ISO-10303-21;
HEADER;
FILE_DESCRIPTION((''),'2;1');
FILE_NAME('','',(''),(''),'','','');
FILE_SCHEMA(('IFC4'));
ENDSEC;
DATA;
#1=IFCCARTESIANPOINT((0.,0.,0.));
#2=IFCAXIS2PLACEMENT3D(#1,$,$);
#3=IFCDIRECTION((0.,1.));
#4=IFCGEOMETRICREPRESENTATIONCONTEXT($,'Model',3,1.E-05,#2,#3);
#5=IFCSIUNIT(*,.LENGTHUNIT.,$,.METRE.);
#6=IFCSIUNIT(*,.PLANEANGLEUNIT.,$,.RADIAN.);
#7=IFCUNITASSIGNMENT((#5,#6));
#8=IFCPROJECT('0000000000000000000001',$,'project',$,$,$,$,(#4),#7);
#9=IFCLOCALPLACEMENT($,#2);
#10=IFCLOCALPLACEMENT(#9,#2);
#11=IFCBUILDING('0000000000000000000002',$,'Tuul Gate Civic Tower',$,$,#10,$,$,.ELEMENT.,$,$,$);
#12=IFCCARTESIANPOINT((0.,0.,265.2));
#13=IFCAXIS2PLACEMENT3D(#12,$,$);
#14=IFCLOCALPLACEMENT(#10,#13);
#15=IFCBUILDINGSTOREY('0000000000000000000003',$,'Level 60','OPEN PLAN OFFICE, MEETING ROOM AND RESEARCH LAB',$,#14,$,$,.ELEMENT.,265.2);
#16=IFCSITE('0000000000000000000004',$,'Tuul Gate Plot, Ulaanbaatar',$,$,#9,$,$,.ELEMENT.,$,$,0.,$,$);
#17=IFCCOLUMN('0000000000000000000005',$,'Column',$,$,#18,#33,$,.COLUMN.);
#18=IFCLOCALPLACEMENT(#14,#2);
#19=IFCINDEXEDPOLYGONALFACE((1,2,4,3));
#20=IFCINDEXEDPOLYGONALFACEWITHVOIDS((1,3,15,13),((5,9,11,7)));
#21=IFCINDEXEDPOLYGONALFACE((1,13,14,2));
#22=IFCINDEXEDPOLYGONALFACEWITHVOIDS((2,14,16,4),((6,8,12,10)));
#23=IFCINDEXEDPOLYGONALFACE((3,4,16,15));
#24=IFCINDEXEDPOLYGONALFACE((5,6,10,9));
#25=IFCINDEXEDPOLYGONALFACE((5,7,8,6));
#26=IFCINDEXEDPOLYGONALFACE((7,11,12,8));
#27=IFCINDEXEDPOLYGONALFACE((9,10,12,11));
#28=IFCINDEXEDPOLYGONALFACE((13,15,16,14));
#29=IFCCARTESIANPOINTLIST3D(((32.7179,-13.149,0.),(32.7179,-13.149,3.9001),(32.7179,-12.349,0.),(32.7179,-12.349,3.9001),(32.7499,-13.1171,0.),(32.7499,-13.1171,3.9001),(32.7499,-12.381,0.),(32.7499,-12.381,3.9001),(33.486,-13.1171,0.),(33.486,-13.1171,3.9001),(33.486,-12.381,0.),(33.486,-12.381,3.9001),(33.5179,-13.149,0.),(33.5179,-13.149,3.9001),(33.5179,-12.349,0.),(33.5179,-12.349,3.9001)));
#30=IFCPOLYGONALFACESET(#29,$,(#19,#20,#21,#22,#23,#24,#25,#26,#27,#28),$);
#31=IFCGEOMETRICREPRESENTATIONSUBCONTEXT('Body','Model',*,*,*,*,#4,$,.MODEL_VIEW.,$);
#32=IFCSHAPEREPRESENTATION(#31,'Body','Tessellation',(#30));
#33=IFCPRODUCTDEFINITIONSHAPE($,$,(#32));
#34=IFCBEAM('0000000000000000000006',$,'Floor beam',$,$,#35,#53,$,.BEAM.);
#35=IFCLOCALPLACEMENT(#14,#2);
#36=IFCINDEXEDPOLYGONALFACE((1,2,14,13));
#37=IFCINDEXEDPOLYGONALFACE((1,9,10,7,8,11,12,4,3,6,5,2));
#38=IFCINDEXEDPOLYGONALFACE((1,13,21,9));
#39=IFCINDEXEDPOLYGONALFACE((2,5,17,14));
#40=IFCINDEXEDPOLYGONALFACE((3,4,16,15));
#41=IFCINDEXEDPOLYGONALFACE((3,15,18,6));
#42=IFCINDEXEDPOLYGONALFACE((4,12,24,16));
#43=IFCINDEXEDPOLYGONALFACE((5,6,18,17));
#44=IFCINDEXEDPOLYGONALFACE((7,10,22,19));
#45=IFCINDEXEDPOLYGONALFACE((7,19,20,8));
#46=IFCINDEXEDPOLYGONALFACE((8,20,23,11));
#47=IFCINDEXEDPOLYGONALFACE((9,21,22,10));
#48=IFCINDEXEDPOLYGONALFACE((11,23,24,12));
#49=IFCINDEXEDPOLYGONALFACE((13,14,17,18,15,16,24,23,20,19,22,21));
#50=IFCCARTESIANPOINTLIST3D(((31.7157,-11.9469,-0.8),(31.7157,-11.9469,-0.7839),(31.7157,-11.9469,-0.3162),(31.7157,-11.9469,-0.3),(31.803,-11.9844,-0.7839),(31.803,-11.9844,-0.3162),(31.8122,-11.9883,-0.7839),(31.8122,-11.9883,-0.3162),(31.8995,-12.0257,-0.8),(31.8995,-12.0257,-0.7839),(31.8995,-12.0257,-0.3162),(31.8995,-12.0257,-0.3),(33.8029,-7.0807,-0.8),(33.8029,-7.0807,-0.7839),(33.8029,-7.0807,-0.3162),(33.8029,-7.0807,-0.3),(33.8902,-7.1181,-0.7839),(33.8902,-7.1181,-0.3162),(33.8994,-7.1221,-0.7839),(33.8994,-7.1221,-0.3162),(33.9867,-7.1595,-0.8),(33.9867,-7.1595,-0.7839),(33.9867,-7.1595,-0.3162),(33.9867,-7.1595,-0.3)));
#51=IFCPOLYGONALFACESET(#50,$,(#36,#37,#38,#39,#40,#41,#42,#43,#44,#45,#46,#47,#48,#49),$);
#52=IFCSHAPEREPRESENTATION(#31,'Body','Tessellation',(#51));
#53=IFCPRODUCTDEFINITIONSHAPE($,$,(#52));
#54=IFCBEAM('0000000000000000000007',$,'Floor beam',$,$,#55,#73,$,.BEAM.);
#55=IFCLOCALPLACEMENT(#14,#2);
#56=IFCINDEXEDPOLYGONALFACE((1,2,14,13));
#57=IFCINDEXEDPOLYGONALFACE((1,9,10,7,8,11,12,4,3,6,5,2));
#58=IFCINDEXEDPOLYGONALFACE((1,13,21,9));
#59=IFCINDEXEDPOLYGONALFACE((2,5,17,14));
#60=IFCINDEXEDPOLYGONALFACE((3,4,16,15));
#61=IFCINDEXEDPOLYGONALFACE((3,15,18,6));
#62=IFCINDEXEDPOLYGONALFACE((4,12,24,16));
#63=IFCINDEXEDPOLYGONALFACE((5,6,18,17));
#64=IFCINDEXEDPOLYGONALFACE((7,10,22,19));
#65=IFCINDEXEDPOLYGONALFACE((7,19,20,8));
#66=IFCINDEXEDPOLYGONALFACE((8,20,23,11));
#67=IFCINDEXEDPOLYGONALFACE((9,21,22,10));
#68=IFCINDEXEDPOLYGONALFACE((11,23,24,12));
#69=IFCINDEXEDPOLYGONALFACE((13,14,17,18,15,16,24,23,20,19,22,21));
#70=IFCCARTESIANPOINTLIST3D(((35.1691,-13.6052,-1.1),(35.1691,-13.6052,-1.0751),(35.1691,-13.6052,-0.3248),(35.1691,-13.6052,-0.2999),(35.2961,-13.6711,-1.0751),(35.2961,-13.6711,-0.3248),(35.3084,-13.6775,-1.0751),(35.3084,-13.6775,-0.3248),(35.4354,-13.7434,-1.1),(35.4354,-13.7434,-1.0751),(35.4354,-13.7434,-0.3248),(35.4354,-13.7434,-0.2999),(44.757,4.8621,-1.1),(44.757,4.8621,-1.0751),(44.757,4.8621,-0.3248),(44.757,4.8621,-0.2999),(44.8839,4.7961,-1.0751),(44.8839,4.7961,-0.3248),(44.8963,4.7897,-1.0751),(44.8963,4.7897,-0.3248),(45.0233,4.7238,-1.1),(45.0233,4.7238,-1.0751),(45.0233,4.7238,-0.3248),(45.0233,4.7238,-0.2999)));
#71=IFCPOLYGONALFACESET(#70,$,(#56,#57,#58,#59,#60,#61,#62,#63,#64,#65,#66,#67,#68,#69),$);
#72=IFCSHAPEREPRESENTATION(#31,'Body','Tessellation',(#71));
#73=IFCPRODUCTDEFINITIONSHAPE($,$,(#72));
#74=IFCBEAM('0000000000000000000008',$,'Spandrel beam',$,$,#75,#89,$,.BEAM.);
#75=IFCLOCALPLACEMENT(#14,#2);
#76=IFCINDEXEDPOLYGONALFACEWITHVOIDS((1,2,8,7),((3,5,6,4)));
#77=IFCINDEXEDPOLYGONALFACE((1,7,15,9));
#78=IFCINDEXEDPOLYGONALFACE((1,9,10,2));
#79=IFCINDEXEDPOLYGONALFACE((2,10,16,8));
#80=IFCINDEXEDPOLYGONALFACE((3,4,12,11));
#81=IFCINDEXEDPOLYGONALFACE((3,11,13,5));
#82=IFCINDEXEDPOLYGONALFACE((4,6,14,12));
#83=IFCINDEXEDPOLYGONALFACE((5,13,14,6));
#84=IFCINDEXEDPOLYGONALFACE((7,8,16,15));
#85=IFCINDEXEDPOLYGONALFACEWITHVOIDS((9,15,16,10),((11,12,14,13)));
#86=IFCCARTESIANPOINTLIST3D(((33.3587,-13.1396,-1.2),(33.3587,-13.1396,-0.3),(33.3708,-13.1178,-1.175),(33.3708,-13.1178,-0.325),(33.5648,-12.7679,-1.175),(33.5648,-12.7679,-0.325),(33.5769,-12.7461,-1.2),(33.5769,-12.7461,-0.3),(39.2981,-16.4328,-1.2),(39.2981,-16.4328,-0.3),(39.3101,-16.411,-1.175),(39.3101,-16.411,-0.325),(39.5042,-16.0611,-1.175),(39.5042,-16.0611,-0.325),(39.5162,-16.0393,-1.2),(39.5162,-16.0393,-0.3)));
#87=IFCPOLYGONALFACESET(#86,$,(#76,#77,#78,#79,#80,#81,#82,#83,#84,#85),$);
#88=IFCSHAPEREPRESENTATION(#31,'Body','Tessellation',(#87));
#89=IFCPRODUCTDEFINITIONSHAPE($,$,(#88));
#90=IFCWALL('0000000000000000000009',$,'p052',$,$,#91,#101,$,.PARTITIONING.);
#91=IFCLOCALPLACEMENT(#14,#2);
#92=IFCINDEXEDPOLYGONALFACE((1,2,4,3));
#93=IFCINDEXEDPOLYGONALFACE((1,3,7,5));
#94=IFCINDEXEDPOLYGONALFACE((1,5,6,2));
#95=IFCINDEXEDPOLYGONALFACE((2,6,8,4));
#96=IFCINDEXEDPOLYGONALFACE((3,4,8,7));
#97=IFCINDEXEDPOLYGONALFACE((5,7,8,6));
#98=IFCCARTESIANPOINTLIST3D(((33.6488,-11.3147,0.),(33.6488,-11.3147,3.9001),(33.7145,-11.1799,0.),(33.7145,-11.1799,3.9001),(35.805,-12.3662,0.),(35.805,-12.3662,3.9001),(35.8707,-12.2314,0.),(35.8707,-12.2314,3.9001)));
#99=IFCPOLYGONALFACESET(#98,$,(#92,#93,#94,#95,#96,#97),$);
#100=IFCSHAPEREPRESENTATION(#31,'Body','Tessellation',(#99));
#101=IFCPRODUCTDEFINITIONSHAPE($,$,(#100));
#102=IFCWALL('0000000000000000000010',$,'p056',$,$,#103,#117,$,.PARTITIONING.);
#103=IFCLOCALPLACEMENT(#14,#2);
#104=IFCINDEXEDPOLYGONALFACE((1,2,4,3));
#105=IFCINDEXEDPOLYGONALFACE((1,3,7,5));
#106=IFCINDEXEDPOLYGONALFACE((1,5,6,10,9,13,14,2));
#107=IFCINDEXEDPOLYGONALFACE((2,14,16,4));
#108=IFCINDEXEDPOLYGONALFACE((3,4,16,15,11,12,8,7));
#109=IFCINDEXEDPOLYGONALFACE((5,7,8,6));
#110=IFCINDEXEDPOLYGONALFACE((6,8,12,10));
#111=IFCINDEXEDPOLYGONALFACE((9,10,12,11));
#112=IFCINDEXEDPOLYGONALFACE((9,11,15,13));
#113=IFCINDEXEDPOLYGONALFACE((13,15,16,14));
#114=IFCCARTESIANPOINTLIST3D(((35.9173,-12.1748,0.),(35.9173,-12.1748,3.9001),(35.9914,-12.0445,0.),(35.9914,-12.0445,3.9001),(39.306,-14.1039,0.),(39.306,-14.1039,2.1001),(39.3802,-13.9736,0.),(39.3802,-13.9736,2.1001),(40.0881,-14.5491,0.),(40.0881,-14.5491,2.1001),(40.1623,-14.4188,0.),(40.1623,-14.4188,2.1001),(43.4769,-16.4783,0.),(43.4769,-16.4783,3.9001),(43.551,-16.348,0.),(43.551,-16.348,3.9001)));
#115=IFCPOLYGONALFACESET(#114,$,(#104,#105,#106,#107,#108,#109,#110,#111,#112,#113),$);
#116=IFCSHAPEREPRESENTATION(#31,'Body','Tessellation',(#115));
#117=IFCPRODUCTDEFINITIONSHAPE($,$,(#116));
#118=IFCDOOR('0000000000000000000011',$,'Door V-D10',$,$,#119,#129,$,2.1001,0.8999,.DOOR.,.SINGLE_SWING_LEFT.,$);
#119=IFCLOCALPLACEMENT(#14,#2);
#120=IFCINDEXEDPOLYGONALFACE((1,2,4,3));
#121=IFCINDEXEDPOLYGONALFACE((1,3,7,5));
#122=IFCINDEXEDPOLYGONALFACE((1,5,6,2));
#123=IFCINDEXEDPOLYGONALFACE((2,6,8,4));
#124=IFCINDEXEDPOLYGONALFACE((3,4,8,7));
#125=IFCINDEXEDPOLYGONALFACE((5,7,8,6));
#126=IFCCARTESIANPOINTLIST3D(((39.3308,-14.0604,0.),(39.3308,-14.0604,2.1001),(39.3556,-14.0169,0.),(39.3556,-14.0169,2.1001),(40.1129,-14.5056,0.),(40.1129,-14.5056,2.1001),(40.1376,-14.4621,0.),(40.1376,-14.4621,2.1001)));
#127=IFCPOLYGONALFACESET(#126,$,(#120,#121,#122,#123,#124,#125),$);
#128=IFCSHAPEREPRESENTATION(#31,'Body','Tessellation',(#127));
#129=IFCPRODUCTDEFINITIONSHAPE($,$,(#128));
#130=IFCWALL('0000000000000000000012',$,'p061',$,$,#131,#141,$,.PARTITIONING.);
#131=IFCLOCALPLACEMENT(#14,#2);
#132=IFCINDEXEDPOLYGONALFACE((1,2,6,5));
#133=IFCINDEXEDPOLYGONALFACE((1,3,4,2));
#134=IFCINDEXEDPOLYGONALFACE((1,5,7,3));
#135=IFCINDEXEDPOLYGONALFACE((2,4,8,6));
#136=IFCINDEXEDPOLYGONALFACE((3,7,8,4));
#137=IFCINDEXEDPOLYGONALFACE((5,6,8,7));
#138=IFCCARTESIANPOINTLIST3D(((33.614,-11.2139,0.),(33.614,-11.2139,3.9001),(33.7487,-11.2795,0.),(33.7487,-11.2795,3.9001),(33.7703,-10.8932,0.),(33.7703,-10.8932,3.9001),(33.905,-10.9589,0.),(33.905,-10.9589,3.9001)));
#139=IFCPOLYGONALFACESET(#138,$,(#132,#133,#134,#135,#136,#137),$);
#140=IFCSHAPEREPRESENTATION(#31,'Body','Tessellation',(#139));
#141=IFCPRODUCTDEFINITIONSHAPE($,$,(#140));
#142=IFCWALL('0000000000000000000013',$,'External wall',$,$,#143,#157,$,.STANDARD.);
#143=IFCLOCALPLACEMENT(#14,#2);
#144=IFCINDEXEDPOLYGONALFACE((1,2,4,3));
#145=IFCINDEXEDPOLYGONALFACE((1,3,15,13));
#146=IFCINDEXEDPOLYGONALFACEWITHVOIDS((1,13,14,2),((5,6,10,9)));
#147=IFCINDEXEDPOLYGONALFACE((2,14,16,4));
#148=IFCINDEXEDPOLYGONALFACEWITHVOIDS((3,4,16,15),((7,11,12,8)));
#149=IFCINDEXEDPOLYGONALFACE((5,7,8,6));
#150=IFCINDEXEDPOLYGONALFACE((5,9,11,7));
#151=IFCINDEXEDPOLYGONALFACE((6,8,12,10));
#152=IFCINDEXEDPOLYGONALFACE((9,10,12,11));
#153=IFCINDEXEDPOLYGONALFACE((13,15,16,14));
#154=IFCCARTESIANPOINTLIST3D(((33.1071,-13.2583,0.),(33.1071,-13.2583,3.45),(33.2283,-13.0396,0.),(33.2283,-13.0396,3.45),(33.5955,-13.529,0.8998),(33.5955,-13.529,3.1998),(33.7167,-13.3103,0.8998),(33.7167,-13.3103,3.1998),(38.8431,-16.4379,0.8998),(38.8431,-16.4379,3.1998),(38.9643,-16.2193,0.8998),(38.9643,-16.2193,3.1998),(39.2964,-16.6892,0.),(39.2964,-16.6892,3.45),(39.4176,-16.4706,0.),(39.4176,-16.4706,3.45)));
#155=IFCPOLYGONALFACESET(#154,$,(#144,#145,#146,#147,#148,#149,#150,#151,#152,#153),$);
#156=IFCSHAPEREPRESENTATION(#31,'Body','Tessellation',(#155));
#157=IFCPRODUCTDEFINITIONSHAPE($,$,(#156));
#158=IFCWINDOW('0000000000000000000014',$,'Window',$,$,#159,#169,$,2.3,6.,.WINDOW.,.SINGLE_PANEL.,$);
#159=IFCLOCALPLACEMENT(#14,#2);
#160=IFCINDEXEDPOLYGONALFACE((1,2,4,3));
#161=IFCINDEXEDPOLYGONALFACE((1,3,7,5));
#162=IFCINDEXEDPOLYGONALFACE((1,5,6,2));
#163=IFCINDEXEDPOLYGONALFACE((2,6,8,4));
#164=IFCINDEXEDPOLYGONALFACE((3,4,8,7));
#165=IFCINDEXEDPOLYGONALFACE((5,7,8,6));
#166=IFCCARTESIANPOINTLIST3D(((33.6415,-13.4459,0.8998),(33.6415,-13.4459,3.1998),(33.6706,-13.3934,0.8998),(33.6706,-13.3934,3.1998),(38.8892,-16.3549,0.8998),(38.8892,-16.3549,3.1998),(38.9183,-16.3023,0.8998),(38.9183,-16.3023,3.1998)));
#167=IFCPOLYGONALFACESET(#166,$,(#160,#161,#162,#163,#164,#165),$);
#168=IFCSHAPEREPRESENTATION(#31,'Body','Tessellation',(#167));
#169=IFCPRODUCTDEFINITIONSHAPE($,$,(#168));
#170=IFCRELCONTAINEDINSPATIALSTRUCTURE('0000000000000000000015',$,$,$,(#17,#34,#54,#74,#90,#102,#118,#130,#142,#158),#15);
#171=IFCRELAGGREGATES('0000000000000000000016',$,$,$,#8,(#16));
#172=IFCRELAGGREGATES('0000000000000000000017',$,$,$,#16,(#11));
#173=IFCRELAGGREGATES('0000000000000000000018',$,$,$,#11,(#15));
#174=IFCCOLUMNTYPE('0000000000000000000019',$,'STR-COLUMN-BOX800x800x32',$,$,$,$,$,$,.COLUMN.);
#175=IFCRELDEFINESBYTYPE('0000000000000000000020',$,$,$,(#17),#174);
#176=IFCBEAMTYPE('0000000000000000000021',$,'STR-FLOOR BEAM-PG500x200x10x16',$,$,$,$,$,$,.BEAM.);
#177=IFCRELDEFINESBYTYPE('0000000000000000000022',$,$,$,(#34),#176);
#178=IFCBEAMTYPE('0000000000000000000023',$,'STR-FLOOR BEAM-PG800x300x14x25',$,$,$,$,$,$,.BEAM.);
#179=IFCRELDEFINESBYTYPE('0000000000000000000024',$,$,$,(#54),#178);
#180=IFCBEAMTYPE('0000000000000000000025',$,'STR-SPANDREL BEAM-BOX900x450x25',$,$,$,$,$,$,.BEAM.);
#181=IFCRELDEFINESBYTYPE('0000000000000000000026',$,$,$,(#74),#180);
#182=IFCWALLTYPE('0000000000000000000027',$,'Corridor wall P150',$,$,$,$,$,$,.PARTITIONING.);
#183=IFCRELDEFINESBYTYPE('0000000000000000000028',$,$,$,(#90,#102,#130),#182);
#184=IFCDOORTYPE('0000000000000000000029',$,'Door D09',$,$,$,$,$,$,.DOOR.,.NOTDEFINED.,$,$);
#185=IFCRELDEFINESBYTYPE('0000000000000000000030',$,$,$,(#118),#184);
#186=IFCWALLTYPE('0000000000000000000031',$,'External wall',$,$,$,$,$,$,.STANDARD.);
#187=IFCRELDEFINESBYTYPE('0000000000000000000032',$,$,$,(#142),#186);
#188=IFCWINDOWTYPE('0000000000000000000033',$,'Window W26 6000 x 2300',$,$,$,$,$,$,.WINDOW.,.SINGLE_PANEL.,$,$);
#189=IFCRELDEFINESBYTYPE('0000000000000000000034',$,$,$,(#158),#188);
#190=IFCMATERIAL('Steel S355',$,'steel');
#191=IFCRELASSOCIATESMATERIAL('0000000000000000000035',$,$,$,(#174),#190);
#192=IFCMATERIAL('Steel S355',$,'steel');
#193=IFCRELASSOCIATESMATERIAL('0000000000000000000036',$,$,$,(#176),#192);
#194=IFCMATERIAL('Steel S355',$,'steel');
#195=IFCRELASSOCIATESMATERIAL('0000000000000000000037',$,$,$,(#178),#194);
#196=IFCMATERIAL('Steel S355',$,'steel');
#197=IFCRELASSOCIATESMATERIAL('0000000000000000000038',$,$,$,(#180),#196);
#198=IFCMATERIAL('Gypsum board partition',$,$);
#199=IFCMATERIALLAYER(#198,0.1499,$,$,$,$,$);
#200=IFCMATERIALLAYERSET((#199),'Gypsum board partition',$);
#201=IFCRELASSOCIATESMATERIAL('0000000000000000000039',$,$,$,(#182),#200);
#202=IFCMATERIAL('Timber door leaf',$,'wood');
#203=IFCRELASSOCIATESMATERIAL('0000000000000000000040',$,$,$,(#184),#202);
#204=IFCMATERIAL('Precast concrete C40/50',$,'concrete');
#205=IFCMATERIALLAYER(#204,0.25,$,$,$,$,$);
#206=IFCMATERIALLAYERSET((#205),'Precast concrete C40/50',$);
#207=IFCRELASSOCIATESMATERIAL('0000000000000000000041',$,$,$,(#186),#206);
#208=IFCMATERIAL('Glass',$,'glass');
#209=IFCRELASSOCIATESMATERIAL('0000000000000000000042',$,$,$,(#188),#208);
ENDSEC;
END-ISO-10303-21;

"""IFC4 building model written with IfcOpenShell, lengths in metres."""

from ifc_helpers import new_model, si_unit, direction, frame, frame_2d, origin, origin_2d, place, context, subcontext, project, spatial, rectangle, hollow_rectangle, i_section, extrude, material, layer, layer_set, material_profile, profile_set, type_object, element, fill, save


model = new_model("IFC4")

# Units and contexts
model_context = context("Model", 3, precision=1e-05, world=origin(), true_north=direction((0.0, 1.0)))
body_context = subcontext(model_context, "Body", "Model", "MODEL_VIEW")
ifc_project = project(units=[si_unit("LENGTHUNIT", "METRE"), si_unit("PLANEANGLEUNIT", "RADIAN")], contexts=[model_context])

# Site, building, storey
site_placement = place(None, origin())
site = spatial("IfcSite", under=ifc_project, at=site_placement, Name="Tuul Gate Plot, Ulaanbaatar", CompositionType="ELEMENT", RefElevation=0.0)
building_placement = place(site_placement, origin())
building = spatial("IfcBuilding", under=site, at=building_placement, Name="Tuul Gate Civic Tower", CompositionType="ELEMENT")
storey_placement = place(building_placement, frame((0.0, 0.0, 265.2)))
storey = spatial("IfcBuildingStorey", under=building, at=storey_placement, Name="Level 60", Description="OPEN PLAN OFFICE, MEETING ROOM AND RESEARCH LAB", CompositionType="ELEMENT", Elevation=265.2)

# Column
ifc_material_1 = material(Name="Steel S355", Category="steel")
ifc_material_profile_1 = material_profile(ifc_material_1, hollow_rectangle(XDim=0.8, YDim=0.8, WallThickness=0.032, at=origin_2d()), Name="BOX800x800x32")
ifc_profile_set_1 = profile_set([ifc_material_profile_1], Name="Steel S355")
column_type = type_object("IfcColumnType", Name="STR-COLUMN-BOX800x800x32", PredefinedType="COLUMN", material=ifc_profile_set_1)
column_placement = place(storey_placement, frame((33.1179, -12.749, 0.0), z_axis=(0.0, 0.0, 1.0), x_axis=(1.0, 0.0, 0.0)))
element("IfcColumn", 1, at=column_placement, inside=storey, type_object=column_type, Name="Column", PredefinedType="COLUMN", context=body_context, shape_type="SweptSolid", body=[
    extrude(hollow_rectangle(XDim=0.8, YDim=0.8, WallThickness=0.032, at=origin_2d()), origin(), (0.0, 0.0, 1.0), 3.9001),
])

# Beams
ifc_material_2 = material(Name="Steel S355", Category="steel")
ifc_material_profile_2 = material_profile(ifc_material_2, i_section(OverallWidth=0.2, OverallDepth=0.5, WebThickness=0.01, FlangeThickness=0.0161, at=origin_2d()), Name="PG500x200x10x16")
ifc_profile_set_2 = profile_set([ifc_material_profile_2], Name="Steel S355")
beam_type_1 = type_object("IfcBeamType", Name="STR-FLOOR BEAM-PG500x200x10x16", PredefinedType="BEAM", material=ifc_profile_set_2)
beam_1_placement = place(storey_placement, frame((31.8076, -11.9863, -0.55), z_axis=(0.394181, 0.919033, 0.0), x_axis=(-0.919033, 0.394181, 0.0)))
element("IfcBeam", 2, at=beam_1_placement, inside=storey, type_object=beam_type_1, Name="Floor beam", PredefinedType="BEAM", context=body_context, shape_type="SweptSolid", body=[
    extrude(i_section(OverallWidth=0.2, OverallDepth=0.5, WebThickness=0.01, FlangeThickness=0.0161, at=origin_2d()), origin(), (0.0, 0.0, 1.0), 5.2949),
])
ifc_material_3 = material(Name="Steel S355", Category="steel")
ifc_material_profile_3 = material_profile(ifc_material_3, i_section(OverallWidth=0.3, OverallDepth=0.8, WebThickness=0.0139, FlangeThickness=0.0249, at=origin_2d()), Name="PG800x300x14x25")
ifc_profile_set_3 = profile_set([ifc_material_profile_3], Name="Steel S355")
beam_type_2 = type_object("IfcBeamType", Name="STR-FLOOR BEAM-PG800x300x14x25", PredefinedType="BEAM", material=ifc_profile_set_3)
beam_2_placement = place(storey_placement, frame((35.3022, -13.6743, -0.7), z_axis=(0.460782, 0.887514, 0.0), x_axis=(-0.887514, 0.460782, 0.0)))
element("IfcBeam", 3, at=beam_2_placement, inside=storey, type_object=beam_type_2, Name="Floor beam", PredefinedType="BEAM", context=body_context, shape_type="SweptSolid", body=[
    extrude(i_section(OverallWidth=0.3, OverallDepth=0.8, WebThickness=0.0139, FlangeThickness=0.0249, at=origin_2d()), origin(), (0.0, 0.0, 1.0), 20.8079),
])
ifc_material_4 = material(Name="Steel S355", Category="steel")
ifc_material_profile_4 = material_profile(ifc_material_4, hollow_rectangle(XDim=0.45, YDim=0.8999, WallThickness=0.0249, at=origin_2d()), Name="BOX900x450x25")
ifc_profile_set_4 = profile_set([ifc_material_profile_4], Name="Steel S355")
beam_type_3 = type_object("IfcBeamType", Name="STR-SPANDREL BEAM-BOX900x450x25", PredefinedType="BEAM", material=ifc_profile_set_4)
beam_3_placement = place(storey_placement, frame((33.4678, -12.9429, -0.75), z_axis=(0.874562, -0.484913, 0.0), x_axis=(0.484913, 0.874562, 0.0)))
element("IfcBeam", 4, at=beam_3_placement, inside=storey, type_object=beam_type_3, Name="Spandrel beam", PredefinedType="BEAM", context=body_context, shape_type="SweptSolid", body=[
    extrude(hollow_rectangle(XDim=0.45, YDim=0.8999, WallThickness=0.0249, at=origin_2d()), origin(), (0.0, 0.0, 1.0), 6.7913),
])

# Wall
ifc_material_5 = material(Name="Gypsum board partition")
ifc_layer_1 = layer(ifc_material_5, 0.1499)
ifc_layer_set_1 = layer_set([ifc_layer_1], Name="Gypsum board partition")
wall_type_1 = type_object("IfcWallType", Name="Corridor wall P150", PredefinedType="PARTITIONING", material=ifc_layer_set_1)
wall_1_placement = place(storey_placement, frame((33.6816, -11.2473, 0.0), z_axis=(0.0, 0.0, 1.0), x_axis=(0.89882, -0.438317, 0.0)))
element("IfcWall", 5, at=wall_1_placement, inside=storey, type_object=wall_type_1, Name="p052", PredefinedType="PARTITIONING", context=body_context, shape_type="SweptSolid", body=[
    extrude(rectangle(XDim=2.3989, YDim=0.1499, at=frame_2d((1.1995, 0.0))), origin(), (0.0, 0.0, 1.0), 3.9001),
])

# Wall, opening, door
wall_2_placement = place(storey_placement, frame((35.9543, -12.1096, 0.0), z_axis=(0.0, 0.0, 1.0), x_axis=(0.869049, -0.494727, 0.0)))
wall_2 = element("IfcWall", 6, at=wall_2_placement, inside=storey, type_object=wall_type_1, Name="p056", PredefinedType="PARTITIONING", context=body_context, shape_type="SweptSolid", body=[
    extrude(rectangle(XDim=8.6987, YDim=0.1499, at=frame_2d((4.3494, 0.0))), origin(), (0.0, 0.0, 1.0), 3.9001),
])
opening_1_placement = place(wall_2_placement, frame((3.8994, 0.0, 0.0)))
opening_1 = element("IfcOpeningElement", 7, at=opening_1_placement, cuts=wall_2, PredefinedType="OPENING", context=body_context, shape_type="SweptSolid", body=[
    extrude(rectangle(XDim=0.8999, YDim=2.1001, at=frame_2d((0.45, 1.05))), frame((0.0, 0.085, 0.0), z_axis=(0.0, -1.0, 0.0), x_axis=(1.0, 0.0, 0.0)), (0.0, 0.0, 1.0), 0.1699),
])
ifc_material_6 = material(Name="Timber door leaf", Category="wood")
door_type = type_object("IfcDoorType", Name="Door D09", OperationType="NOTDEFINED", PredefinedType="DOOR", material=ifc_material_6)
door_placement = place(opening_1_placement, frame((0.8999, 0.0, 0.0), z_axis=(0.0, 0.0, 1.0), x_axis=(-1.0, 0.0, 0.0)))
door = element("IfcDoor", 8, at=door_placement, inside=storey, type_object=door_type, Name="Door V-D10", OperationType="SINGLE_SWING_LEFT", OverallHeight=2.1001, OverallWidth=0.8999, PredefinedType="DOOR", context=body_context, shape_type="SweptSolid", body=[
    extrude(rectangle(XDim=0.8999, YDim=2.1001, at=frame_2d((0.45, 1.05))), frame((0.0, 0.0249, 0.0), z_axis=(0.0, -1.0, 0.0), x_axis=(1.0, 0.0, 0.0)), (0.0, 0.0, 1.0), 0.05),
])
fill(opening_1, door)

# Wall
wall_3_placement = place(storey_placement, frame((33.6814, -11.2466, 0.0), z_axis=(0.0, 0.0, 1.0), x_axis=(0.438154, 0.8989, 0.0)))
element("IfcWall", 9, at=wall_3_placement, inside=storey, type_object=wall_type_1, Name="p061", PredefinedType="PARTITIONING", context=body_context, shape_type="SweptSolid", body=[
    extrude(rectangle(XDim=0.3567, YDim=0.1499, at=frame_2d((0.1782, 0.0))), origin(), (0.0, 0.0, 1.0), 3.9001),
])

# Wall, opening, window
ifc_material_7 = material(Name="Precast concrete C40/50", Category="concrete")
ifc_layer_2 = layer(ifc_material_7, 0.25)
ifc_layer_set_2 = layer_set([ifc_layer_2], Name="Precast concrete C40/50")
wall_type_2 = type_object("IfcWallType", Name="External wall", PredefinedType="STANDARD", material=ifc_layer_set_2)
wall_4_placement = place(storey_placement, frame((33.1677, -13.1489, 0.0), z_axis=(0.0, 0.0, 1.0), x_axis=(0.874609, -0.484828, 0.0)))
wall_4 = element("IfcWall", 10, at=wall_4_placement, inside=storey, type_object=wall_type_2, Name="External wall", PredefinedType="STANDARD", context=body_context, shape_type="SweptSolid", body=[
    extrude(rectangle(XDim=7.0767, YDim=0.25, at=frame_2d((3.5383, 0.0))), origin(), (0.0, 0.0, 1.0), 3.45),
])
opening_2_placement = place(wall_4_placement, frame((0.5583, 0.0, 0.8999)))
opening_2 = element("IfcOpeningElement", 11, at=opening_2_placement, cuts=wall_4, PredefinedType="OPENING", context=body_context, shape_type="SweptSolid", body=[
    extrude(rectangle(XDim=6.0, YDim=2.3, at=frame_2d((3.0, 1.1499))), frame((0.0, 0.135, 0.0), z_axis=(0.0, -1.0, 0.0), x_axis=(1.0, 0.0, 0.0)), (0.0, 0.0, 1.0), 0.27),
])
ifc_material_8 = material(Name="Glass", Category="glass")
window_type = type_object("IfcWindowType", Name="Window W26 6000 x 2300", PartitioningType="SINGLE_PANEL", PredefinedType="WINDOW", material=ifc_material_8)
window_placement = place(opening_2_placement, origin())
window = element("IfcWindow", 12, at=window_placement, inside=storey, type_object=window_type, Name="Window", OverallHeight=2.3, OverallWidth=6.0, PartitioningType="SINGLE_PANEL", PredefinedType="WINDOW", context=body_context, shape_type="SweptSolid", body=[
    extrude(rectangle(XDim=6.0, YDim=2.3, at=frame_2d((3.0, 1.1499))), frame((0.0, 0.03, 0.0), z_axis=(0.0, -1.0, 0.0), x_axis=(1.0, 0.0, 0.0)), (0.0, 0.0, 1.0), 0.0601),
])
fill(opening_2, window)

save(model, "model.ifc")
